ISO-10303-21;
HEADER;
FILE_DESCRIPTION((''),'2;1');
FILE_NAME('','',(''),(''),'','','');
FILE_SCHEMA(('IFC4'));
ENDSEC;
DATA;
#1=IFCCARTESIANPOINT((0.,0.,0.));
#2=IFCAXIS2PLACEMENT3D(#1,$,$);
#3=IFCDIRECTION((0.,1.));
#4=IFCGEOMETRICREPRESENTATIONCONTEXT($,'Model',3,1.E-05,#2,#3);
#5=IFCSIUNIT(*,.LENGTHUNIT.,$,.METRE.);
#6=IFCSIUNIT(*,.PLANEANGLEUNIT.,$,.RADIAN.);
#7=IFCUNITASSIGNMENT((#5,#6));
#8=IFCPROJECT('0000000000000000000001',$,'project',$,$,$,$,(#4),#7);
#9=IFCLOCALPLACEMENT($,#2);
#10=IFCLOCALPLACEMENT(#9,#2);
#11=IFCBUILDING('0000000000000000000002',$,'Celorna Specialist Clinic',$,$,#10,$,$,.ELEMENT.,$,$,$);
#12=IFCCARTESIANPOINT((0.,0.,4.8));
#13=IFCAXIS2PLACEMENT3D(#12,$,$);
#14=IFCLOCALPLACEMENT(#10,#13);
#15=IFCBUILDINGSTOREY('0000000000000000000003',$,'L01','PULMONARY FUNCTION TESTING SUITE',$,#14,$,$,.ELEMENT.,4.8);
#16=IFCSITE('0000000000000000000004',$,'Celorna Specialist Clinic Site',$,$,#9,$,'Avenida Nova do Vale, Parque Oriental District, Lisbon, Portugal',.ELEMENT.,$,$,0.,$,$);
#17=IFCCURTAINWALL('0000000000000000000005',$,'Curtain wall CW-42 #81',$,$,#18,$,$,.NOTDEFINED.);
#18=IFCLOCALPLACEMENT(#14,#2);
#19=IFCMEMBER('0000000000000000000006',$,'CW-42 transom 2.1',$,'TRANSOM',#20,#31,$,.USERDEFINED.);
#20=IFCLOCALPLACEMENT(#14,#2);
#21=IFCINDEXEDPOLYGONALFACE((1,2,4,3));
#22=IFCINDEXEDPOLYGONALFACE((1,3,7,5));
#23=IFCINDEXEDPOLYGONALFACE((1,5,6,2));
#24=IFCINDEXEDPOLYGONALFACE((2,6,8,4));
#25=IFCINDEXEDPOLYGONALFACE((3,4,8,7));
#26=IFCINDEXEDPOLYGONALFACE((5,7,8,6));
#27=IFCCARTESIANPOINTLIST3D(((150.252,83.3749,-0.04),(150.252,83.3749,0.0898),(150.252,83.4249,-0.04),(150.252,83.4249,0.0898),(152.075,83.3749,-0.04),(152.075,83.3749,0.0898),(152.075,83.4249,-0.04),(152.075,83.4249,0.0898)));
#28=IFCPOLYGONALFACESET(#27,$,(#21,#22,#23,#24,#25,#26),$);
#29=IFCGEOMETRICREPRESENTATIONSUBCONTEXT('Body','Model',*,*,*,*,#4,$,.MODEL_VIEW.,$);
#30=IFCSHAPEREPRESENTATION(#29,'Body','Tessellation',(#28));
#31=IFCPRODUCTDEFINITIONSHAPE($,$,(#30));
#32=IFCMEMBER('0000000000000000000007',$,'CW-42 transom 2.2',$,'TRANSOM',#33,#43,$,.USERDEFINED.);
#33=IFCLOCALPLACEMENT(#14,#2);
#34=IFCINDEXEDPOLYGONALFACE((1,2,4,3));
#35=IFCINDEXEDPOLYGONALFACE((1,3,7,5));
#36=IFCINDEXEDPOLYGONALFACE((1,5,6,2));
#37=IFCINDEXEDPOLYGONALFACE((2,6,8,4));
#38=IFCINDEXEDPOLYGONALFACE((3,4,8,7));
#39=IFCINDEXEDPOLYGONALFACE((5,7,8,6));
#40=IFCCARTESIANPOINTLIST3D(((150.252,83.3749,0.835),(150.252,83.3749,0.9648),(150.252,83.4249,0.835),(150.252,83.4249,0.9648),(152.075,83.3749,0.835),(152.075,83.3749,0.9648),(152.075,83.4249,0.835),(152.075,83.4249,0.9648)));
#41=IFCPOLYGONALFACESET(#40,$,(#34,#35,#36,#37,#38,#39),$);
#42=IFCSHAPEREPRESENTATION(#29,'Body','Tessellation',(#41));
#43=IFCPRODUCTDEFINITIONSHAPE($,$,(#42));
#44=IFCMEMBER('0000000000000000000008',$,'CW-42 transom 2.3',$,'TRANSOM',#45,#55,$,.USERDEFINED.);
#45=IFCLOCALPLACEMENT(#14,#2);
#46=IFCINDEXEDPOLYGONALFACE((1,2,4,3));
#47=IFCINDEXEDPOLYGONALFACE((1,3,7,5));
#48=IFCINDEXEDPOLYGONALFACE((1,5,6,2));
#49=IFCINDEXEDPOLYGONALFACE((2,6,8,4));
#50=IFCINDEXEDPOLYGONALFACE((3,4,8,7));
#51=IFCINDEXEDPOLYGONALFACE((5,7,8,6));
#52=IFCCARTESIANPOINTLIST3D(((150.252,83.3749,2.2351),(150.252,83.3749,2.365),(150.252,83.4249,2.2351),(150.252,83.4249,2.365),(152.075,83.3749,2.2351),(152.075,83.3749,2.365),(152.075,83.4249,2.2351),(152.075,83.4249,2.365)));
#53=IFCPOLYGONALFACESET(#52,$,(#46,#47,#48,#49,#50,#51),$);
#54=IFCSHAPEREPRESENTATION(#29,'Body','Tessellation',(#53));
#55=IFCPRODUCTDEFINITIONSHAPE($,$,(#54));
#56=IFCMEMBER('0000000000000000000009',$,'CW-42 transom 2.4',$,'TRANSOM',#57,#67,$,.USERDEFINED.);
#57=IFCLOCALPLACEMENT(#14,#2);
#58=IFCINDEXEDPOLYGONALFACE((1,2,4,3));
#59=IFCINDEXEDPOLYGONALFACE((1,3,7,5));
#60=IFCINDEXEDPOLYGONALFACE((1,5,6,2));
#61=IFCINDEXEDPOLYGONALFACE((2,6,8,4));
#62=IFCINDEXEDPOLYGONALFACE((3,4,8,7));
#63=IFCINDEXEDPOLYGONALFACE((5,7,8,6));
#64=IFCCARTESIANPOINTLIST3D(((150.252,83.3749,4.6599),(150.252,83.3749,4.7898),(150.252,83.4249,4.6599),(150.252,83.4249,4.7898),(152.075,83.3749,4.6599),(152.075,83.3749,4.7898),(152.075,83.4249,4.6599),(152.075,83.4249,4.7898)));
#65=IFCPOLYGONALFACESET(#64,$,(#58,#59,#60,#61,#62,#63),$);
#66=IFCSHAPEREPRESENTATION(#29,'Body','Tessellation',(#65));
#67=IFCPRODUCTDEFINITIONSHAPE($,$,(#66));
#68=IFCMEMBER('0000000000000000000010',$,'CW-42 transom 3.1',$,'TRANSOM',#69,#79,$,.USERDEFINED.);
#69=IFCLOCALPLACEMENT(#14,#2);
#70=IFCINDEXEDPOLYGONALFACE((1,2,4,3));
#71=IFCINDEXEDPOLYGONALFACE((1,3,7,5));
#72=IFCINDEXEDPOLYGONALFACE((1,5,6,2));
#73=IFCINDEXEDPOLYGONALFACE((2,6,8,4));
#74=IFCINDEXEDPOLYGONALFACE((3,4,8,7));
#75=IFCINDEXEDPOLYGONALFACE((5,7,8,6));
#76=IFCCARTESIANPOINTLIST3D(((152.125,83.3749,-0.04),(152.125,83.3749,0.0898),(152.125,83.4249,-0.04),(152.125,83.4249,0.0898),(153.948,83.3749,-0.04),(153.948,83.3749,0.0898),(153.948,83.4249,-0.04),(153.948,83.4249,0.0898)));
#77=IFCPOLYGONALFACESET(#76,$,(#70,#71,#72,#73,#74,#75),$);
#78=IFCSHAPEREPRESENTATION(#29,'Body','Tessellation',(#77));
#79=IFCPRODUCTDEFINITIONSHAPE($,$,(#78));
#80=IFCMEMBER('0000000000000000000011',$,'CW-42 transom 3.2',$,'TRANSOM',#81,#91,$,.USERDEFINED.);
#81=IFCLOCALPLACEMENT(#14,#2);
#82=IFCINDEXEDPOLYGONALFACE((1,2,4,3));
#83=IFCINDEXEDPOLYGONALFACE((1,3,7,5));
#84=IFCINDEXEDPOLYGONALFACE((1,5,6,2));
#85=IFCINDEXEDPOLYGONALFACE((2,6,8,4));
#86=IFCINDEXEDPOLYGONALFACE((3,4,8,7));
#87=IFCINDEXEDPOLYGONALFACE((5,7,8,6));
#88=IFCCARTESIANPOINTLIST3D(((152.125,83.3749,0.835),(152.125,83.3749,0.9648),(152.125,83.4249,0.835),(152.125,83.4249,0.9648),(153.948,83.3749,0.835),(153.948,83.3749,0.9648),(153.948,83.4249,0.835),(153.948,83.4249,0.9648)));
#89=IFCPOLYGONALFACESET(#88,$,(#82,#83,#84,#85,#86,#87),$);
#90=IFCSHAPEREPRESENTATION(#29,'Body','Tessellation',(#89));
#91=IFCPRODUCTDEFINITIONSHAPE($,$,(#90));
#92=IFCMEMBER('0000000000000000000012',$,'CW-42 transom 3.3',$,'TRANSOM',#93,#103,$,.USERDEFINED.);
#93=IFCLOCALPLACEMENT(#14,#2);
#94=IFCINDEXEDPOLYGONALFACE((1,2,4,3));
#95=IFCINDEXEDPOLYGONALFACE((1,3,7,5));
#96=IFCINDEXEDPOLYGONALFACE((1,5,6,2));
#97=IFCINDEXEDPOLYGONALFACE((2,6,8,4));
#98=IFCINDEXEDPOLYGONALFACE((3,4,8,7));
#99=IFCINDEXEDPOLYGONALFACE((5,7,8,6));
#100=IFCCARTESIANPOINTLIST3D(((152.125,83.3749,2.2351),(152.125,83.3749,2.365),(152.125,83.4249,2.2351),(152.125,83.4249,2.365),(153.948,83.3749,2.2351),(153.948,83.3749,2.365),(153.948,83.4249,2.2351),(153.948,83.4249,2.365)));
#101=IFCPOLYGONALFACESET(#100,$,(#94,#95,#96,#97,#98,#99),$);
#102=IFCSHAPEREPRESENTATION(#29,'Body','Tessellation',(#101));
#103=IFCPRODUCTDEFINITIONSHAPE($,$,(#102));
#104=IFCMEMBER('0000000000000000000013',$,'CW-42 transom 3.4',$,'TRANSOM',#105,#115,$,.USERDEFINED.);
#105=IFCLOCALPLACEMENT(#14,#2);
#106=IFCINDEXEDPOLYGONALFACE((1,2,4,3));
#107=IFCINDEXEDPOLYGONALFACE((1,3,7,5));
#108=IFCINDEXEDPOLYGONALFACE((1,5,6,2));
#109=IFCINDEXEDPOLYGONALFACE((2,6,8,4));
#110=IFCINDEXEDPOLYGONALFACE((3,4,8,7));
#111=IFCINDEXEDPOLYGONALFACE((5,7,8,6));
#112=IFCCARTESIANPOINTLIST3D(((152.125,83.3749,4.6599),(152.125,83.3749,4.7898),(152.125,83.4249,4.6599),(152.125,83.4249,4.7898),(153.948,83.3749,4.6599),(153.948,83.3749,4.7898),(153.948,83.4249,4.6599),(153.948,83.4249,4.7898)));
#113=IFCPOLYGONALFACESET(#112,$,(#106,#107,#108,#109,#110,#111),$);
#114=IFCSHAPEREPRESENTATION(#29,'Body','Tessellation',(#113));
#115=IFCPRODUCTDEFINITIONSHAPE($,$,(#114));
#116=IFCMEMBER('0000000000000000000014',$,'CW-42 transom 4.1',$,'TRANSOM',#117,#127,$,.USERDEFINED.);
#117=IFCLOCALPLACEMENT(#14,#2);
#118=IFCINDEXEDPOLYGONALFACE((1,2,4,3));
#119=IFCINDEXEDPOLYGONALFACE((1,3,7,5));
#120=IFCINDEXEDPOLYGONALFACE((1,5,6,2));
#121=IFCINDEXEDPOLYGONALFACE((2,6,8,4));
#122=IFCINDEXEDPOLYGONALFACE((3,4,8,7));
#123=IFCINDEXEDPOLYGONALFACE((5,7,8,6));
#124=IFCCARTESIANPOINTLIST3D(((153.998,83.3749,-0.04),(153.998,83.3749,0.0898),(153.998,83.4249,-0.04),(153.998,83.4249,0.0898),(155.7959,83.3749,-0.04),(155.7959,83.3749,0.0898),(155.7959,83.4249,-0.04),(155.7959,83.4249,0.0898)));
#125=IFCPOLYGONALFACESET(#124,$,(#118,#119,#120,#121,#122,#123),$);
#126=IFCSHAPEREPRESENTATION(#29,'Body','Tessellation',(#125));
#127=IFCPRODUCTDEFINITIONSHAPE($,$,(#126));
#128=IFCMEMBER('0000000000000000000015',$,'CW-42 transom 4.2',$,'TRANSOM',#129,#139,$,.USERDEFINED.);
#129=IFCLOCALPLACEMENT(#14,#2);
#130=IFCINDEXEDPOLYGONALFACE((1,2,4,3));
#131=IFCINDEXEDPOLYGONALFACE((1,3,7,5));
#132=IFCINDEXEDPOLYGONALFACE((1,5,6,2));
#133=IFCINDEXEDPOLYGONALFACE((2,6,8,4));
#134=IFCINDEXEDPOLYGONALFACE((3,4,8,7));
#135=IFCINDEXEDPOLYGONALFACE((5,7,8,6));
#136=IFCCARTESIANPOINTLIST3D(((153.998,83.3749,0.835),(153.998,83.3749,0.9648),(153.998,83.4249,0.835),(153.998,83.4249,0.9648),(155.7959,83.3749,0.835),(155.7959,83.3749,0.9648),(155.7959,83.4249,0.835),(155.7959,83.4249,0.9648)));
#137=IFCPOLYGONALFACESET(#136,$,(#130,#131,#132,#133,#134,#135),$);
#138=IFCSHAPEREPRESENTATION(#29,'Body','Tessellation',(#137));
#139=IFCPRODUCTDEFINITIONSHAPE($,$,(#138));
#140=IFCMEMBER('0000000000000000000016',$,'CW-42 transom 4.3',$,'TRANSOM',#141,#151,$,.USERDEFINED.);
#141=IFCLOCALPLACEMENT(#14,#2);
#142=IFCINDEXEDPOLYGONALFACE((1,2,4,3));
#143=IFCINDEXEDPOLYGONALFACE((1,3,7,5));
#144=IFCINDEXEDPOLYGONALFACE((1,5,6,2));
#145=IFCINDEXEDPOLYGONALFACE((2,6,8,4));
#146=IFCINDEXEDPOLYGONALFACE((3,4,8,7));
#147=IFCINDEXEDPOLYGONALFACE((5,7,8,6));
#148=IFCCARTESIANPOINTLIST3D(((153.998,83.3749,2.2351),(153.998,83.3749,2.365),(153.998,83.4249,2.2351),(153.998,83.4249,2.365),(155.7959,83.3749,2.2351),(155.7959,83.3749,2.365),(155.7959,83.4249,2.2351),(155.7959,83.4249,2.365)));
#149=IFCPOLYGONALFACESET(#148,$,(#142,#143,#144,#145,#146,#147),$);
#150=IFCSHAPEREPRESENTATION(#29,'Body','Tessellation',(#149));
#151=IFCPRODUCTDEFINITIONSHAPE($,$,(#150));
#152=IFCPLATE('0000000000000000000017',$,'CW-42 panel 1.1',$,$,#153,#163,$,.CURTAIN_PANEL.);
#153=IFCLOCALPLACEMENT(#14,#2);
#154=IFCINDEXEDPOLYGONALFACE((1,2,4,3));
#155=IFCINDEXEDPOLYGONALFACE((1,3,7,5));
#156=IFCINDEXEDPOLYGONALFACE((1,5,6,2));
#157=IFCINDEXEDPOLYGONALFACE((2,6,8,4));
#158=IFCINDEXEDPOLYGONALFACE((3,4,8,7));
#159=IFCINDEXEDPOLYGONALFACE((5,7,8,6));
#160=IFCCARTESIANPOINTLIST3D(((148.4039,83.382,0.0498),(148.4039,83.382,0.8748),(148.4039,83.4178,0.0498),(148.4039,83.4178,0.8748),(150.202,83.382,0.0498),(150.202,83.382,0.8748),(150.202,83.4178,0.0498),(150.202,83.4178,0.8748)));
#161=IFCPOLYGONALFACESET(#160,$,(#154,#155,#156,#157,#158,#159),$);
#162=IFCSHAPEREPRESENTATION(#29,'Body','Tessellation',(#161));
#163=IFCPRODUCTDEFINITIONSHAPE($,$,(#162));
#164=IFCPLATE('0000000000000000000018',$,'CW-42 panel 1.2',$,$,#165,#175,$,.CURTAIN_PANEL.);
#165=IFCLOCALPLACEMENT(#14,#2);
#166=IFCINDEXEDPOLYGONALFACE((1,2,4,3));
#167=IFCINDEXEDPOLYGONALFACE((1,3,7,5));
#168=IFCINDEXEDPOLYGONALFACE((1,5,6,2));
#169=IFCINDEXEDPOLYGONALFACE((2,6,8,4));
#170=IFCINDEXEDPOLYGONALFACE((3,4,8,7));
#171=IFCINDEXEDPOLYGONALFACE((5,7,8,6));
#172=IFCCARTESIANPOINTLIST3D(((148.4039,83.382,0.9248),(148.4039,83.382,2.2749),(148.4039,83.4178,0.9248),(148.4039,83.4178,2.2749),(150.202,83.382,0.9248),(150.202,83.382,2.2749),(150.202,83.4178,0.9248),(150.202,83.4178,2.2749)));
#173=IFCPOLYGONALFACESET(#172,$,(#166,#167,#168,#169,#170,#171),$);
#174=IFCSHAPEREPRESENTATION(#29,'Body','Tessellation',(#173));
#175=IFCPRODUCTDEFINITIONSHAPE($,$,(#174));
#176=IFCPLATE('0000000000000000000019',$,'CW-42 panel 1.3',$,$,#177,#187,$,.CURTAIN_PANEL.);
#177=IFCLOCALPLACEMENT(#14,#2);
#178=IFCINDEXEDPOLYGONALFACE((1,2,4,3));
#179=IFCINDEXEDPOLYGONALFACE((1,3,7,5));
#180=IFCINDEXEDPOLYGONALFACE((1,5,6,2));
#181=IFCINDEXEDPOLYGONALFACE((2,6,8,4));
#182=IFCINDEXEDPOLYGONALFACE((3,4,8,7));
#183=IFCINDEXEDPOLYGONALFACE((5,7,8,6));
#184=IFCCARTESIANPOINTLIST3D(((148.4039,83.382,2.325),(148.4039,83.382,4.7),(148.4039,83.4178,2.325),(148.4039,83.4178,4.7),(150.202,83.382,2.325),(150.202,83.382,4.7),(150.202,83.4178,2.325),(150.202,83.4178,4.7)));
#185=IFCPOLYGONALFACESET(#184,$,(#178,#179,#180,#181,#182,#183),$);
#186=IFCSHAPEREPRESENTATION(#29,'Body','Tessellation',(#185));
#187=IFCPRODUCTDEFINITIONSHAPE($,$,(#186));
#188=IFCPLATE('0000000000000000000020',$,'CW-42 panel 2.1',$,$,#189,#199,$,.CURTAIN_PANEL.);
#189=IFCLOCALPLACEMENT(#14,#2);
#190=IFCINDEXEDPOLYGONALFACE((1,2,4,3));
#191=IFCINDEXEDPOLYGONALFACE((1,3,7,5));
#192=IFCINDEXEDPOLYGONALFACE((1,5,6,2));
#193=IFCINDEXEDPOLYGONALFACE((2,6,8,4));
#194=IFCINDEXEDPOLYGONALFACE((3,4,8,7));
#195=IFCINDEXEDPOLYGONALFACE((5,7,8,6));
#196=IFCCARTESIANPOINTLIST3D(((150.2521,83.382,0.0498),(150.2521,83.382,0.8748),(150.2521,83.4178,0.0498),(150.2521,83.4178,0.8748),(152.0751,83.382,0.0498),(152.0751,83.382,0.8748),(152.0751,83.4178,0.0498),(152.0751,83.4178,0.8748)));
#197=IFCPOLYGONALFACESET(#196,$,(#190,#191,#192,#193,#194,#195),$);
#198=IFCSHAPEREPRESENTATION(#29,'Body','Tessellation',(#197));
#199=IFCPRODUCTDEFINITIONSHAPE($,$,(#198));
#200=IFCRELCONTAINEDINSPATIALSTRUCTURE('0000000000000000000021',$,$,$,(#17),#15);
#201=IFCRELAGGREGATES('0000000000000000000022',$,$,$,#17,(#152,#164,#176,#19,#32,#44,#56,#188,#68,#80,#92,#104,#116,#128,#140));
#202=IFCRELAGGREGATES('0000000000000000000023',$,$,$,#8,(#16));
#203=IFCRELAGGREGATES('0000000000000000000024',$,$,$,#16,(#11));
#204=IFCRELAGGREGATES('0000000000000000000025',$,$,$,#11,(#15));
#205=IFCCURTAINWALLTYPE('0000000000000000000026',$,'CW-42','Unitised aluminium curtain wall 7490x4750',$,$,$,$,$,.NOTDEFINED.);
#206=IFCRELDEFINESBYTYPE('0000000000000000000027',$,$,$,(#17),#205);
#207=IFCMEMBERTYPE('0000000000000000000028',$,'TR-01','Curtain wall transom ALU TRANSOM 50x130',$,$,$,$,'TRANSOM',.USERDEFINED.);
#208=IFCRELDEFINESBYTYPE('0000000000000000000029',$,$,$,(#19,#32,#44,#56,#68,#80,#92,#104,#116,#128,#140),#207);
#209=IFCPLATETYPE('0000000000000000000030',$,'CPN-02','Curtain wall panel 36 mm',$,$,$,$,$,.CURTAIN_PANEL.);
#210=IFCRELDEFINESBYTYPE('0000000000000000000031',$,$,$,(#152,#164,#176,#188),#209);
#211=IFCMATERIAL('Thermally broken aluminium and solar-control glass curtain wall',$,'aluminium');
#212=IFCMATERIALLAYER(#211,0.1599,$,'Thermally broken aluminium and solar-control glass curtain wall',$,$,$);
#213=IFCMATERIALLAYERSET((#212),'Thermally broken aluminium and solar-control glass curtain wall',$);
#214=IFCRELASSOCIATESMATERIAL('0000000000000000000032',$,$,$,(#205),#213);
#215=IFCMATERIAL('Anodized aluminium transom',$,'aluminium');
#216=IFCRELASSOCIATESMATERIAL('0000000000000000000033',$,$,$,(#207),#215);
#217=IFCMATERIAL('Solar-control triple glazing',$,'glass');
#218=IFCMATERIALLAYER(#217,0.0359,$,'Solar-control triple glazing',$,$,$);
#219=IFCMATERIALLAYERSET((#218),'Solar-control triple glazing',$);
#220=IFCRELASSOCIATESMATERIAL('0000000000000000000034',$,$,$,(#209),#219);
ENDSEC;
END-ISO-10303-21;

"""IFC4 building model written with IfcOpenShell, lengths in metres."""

from ifc_helpers import new_model, si_unit, direction, frame, origin, origin_2d, place, context, subcontext, project, spatial, rectangle, extrude, material, layer, layer_set, material_profile, profile_set, type_object, element, aggregate, save


model = new_model("IFC4")

# Units and contexts
model_context = context("Model", 3, precision=1e-05, world=origin(), true_north=direction((0.0, 1.0)))
body_context = subcontext(model_context, "Body", "Model", "MODEL_VIEW")
ifc_project = project(units=[si_unit("LENGTHUNIT", "METRE"), si_unit("PLANEANGLEUNIT", "RADIAN")], contexts=[model_context])

# Site, building, storey
site_placement = place(None, origin())
site = spatial("IfcSite", under=ifc_project, at=site_placement, Name="Celorna Specialist Clinic Site", LongName="Avenida Nova do Vale, Parque Oriental District, Lisbon, Portugal", CompositionType="ELEMENT", RefElevation=0.0)
building_placement = place(site_placement, origin())
building = spatial("IfcBuilding", under=site, at=building_placement, Name="Celorna Specialist Clinic", CompositionType="ELEMENT")
storey_placement = place(building_placement, frame((0.0, 0.0, 4.8)))
storey = spatial("IfcBuildingStorey", under=building, at=storey_placement, Name="L01", Description="PULMONARY FUNCTION TESTING SUITE", CompositionType="ELEMENT", Elevation=4.8)

# Curtain wall, members, plates
ifc_material_1 = material(Name="Thermally broken aluminium and solar-control glass curtain wall", Category="aluminium")
ifc_layer_1 = layer(ifc_material_1, 0.1599, Name="Thermally broken aluminium and solar-control glass curtain wall")
ifc_layer_set_1 = layer_set([ifc_layer_1], Name="Thermally broken aluminium and solar-control glass curtain wall")
curtain_wall_type = type_object("IfcCurtainWallType", Name="CW-42", Description="Unitised aluminium curtain wall 7490x4750", PredefinedType="NOTDEFINED", material=ifc_layer_set_1)
curtain_wall_placement = place(storey_placement, origin())
curtain_wall = element("IfcCurtainWall", 1, at=curtain_wall_placement, inside=storey, type_object=curtain_wall_type, Name="Curtain wall CW-42 #81", PredefinedType="NOTDEFINED")
ifc_material_2 = material(Name="Anodized aluminium transom", Category="aluminium")
ifc_material_profile_1 = material_profile(ifc_material_2, rectangle(XDim=0.05, YDim=0.1299, at=origin_2d()), Name="ALU TRANSOM 50x130")
ifc_profile_set_1 = profile_set([ifc_material_profile_1], Name="Anodized aluminium transom")
member_type_1 = type_object("IfcMemberType", Name="TR-01", Description="Curtain wall transom ALU TRANSOM 50x130", ElementType="TRANSOM", PredefinedType="USERDEFINED", material=ifc_profile_set_1)
member_1_placement = place(storey_placement, frame((150.252, 83.3999, 0.0249), z_axis=(1.0, 0.0, 0.0), x_axis=(0.0, 1.0, 0.0)))
member_1 = element("IfcMember", 2, at=member_1_placement, type_object=member_type_1, Name="CW-42 transom 2.1", ObjectType="TRANSOM", PredefinedType="USERDEFINED", context=body_context, shape_type="SweptSolid", body=[
    extrude(rectangle(XDim=0.05, YDim=0.1299, at=origin_2d()), origin(), (0.0, 0.0, 1.0), 1.823),
])
member_2_placement = place(storey_placement, frame((150.252, 83.3999, 0.8999), z_axis=(1.0, 0.0, 0.0), x_axis=(0.0, 1.0, 0.0)))
member_2 = element("IfcMember", 3, at=member_2_placement, type_object=member_type_1, Name="CW-42 transom 2.2", ObjectType="TRANSOM", PredefinedType="USERDEFINED", context=body_context, shape_type="SweptSolid", body=[
    extrude(rectangle(XDim=0.05, YDim=0.1299, at=origin_2d()), origin(), (0.0, 0.0, 1.0), 1.823),
])
member_3_placement = place(storey_placement, frame((150.252, 83.3999, 2.3), z_axis=(1.0, 0.0, 0.0), x_axis=(0.0, 1.0, 0.0)))
member_3 = element("IfcMember", 4, at=member_3_placement, type_object=member_type_1, Name="CW-42 transom 2.3", ObjectType="TRANSOM", PredefinedType="USERDEFINED", context=body_context, shape_type="SweptSolid", body=[
    extrude(rectangle(XDim=0.05, YDim=0.1299, at=origin_2d()), origin(), (0.0, 0.0, 1.0), 1.823),
])
member_4_placement = place(storey_placement, frame((150.252, 83.3999, 4.7249), z_axis=(1.0, 0.0, 0.0), x_axis=(0.0, 1.0, 0.0)))
member_4 = element("IfcMember", 5, at=member_4_placement, type_object=member_type_1, Name="CW-42 transom 2.4", ObjectType="TRANSOM", PredefinedType="USERDEFINED", context=body_context, shape_type="SweptSolid", body=[
    extrude(rectangle(XDim=0.05, YDim=0.1299, at=origin_2d()), origin(), (0.0, 0.0, 1.0), 1.823),
])
member_5_placement = place(storey_placement, frame((152.125, 83.3999, 0.0249), z_axis=(1.0, 0.0, 0.0), x_axis=(0.0, 1.0, 0.0)))
member_5 = element("IfcMember", 6, at=member_5_placement, type_object=member_type_1, Name="CW-42 transom 3.1", ObjectType="TRANSOM", PredefinedType="USERDEFINED", context=body_context, shape_type="SweptSolid", body=[
    extrude(rectangle(XDim=0.05, YDim=0.1299, at=origin_2d()), origin(), (0.0, 0.0, 1.0), 1.823),
])
member_6_placement = place(storey_placement, frame((152.125, 83.3999, 0.8999), z_axis=(1.0, 0.0, 0.0), x_axis=(0.0, 1.0, 0.0)))
member_6 = element("IfcMember", 7, at=member_6_placement, type_object=member_type_1, Name="CW-42 transom 3.2", ObjectType="TRANSOM", PredefinedType="USERDEFINED", context=body_context, shape_type="SweptSolid", body=[
    extrude(rectangle(XDim=0.05, YDim=0.1299, at=origin_2d()), origin(), (0.0, 0.0, 1.0), 1.823),
])
member_7_placement = place(storey_placement, frame((152.125, 83.3999, 2.3), z_axis=(1.0, 0.0, 0.0), x_axis=(0.0, 1.0, 0.0)))
member_7 = element("IfcMember", 8, at=member_7_placement, type_object=member_type_1, Name="CW-42 transom 3.3", ObjectType="TRANSOM", PredefinedType="USERDEFINED", context=body_context, shape_type="SweptSolid", body=[
    extrude(rectangle(XDim=0.05, YDim=0.1299, at=origin_2d()), origin(), (0.0, 0.0, 1.0), 1.823),
])
member_8_placement = place(storey_placement, frame((152.125, 83.3999, 4.7249), z_axis=(1.0, 0.0, 0.0), x_axis=(0.0, 1.0, 0.0)))
member_8 = element("IfcMember", 9, at=member_8_placement, type_object=member_type_1, Name="CW-42 transom 3.4", ObjectType="TRANSOM", PredefinedType="USERDEFINED", context=body_context, shape_type="SweptSolid", body=[
    extrude(rectangle(XDim=0.05, YDim=0.1299, at=origin_2d()), origin(), (0.0, 0.0, 1.0), 1.823),
])
member_9_placement = place(storey_placement, frame((153.998, 83.3999, 0.0249), z_axis=(1.0, 0.0, 0.0), x_axis=(0.0, 1.0, 0.0)))
member_9 = element("IfcMember", 10, at=member_9_placement, type_object=member_type_1, Name="CW-42 transom 4.1", ObjectType="TRANSOM", PredefinedType="USERDEFINED", context=body_context, shape_type="SweptSolid", body=[
    extrude(rectangle(XDim=0.05, YDim=0.1299, at=origin_2d()), origin(), (0.0, 0.0, 1.0), 1.7979),
])
member_10_placement = place(storey_placement, frame((153.998, 83.3999, 0.8999), z_axis=(1.0, 0.0, 0.0), x_axis=(0.0, 1.0, 0.0)))
member_10 = element("IfcMember", 11, at=member_10_placement, type_object=member_type_1, Name="CW-42 transom 4.2", ObjectType="TRANSOM", PredefinedType="USERDEFINED", context=body_context, shape_type="SweptSolid", body=[
    extrude(rectangle(XDim=0.05, YDim=0.1299, at=origin_2d()), origin(), (0.0, 0.0, 1.0), 1.7979),
])
member_11_placement = place(storey_placement, frame((153.998, 83.3999, 2.3), z_axis=(1.0, 0.0, 0.0), x_axis=(0.0, 1.0, 0.0)))
member_11 = element("IfcMember", 12, at=member_11_placement, type_object=member_type_1, Name="CW-42 transom 4.3", ObjectType="TRANSOM", PredefinedType="USERDEFINED", context=body_context, shape_type="SweptSolid", body=[
    extrude(rectangle(XDim=0.05, YDim=0.1299, at=origin_2d()), origin(), (0.0, 0.0, 1.0), 1.7979),
])
ifc_material_3 = material(Name="Solar-control triple glazing", Category="glass")
ifc_layer_2 = layer(ifc_material_3, 0.0359, Name="Solar-control triple glazing")
ifc_layer_set_2 = layer_set([ifc_layer_2], Name="Solar-control triple glazing")
plate_type = type_object("IfcPlateType", Name="CPN-02", Description="Curtain wall panel 36 mm", PredefinedType="CURTAIN_PANEL", material=ifc_layer_set_2)
plate_1_placement = place(storey_placement, frame((149.303, 83.3999, 0.0498), z_axis=(0.0, 0.0, 1.0), x_axis=(1.0, 0.0, 0.0)))
plate_1 = element("IfcPlate", 13, at=plate_1_placement, type_object=plate_type, Name="CW-42 panel 1.1", PredefinedType="CURTAIN_PANEL", context=body_context, shape_type="SweptSolid", body=[
    extrude(rectangle(XDim=1.7981, YDim=0.0359, at=origin_2d()), origin(), (0.0, 0.0, 1.0), 0.825),
])
plate_2_placement = place(storey_placement, frame((149.303, 83.3999, 0.9248), z_axis=(0.0, 0.0, 1.0), x_axis=(1.0, 0.0, 0.0)))
plate_2 = element("IfcPlate", 14, at=plate_2_placement, type_object=plate_type, Name="CW-42 panel 1.2", PredefinedType="CURTAIN_PANEL", context=body_context, shape_type="SweptSolid", body=[
    extrude(rectangle(XDim=1.7981, YDim=0.0359, at=origin_2d()), origin(), (0.0, 0.0, 1.0), 1.3501),
])
plate_3_placement = place(storey_placement, frame((149.303, 83.3999, 2.325), z_axis=(0.0, 0.0, 1.0), x_axis=(1.0, 0.0, 0.0)))
plate_3 = element("IfcPlate", 15, at=plate_3_placement, type_object=plate_type, Name="CW-42 panel 1.3", PredefinedType="CURTAIN_PANEL", context=body_context, shape_type="SweptSolid", body=[
    extrude(rectangle(XDim=1.7981, YDim=0.0359, at=origin_2d()), origin(), (0.0, 0.0, 1.0), 2.375),
])
plate_4_placement = place(storey_placement, frame((151.1636, 83.3999, 0.0498), z_axis=(0.0, 0.0, 1.0), x_axis=(1.0, 0.0, 0.0)))
plate_4 = element("IfcPlate", 16, at=plate_4_placement, type_object=plate_type, Name="CW-42 panel 2.1", PredefinedType="CURTAIN_PANEL", context=body_context, shape_type="SweptSolid", body=[
    extrude(rectangle(XDim=1.823, YDim=0.0359, at=origin_2d()), origin(), (0.0, 0.0, 1.0), 0.825),
])
aggregate(curtain_wall, [plate_1, plate_2, plate_3, member_1, member_2, member_3, member_4, plate_4, member_5, member_6, member_7, member_8, member_9, member_10, member_11])

save(model, "model.ifc")
